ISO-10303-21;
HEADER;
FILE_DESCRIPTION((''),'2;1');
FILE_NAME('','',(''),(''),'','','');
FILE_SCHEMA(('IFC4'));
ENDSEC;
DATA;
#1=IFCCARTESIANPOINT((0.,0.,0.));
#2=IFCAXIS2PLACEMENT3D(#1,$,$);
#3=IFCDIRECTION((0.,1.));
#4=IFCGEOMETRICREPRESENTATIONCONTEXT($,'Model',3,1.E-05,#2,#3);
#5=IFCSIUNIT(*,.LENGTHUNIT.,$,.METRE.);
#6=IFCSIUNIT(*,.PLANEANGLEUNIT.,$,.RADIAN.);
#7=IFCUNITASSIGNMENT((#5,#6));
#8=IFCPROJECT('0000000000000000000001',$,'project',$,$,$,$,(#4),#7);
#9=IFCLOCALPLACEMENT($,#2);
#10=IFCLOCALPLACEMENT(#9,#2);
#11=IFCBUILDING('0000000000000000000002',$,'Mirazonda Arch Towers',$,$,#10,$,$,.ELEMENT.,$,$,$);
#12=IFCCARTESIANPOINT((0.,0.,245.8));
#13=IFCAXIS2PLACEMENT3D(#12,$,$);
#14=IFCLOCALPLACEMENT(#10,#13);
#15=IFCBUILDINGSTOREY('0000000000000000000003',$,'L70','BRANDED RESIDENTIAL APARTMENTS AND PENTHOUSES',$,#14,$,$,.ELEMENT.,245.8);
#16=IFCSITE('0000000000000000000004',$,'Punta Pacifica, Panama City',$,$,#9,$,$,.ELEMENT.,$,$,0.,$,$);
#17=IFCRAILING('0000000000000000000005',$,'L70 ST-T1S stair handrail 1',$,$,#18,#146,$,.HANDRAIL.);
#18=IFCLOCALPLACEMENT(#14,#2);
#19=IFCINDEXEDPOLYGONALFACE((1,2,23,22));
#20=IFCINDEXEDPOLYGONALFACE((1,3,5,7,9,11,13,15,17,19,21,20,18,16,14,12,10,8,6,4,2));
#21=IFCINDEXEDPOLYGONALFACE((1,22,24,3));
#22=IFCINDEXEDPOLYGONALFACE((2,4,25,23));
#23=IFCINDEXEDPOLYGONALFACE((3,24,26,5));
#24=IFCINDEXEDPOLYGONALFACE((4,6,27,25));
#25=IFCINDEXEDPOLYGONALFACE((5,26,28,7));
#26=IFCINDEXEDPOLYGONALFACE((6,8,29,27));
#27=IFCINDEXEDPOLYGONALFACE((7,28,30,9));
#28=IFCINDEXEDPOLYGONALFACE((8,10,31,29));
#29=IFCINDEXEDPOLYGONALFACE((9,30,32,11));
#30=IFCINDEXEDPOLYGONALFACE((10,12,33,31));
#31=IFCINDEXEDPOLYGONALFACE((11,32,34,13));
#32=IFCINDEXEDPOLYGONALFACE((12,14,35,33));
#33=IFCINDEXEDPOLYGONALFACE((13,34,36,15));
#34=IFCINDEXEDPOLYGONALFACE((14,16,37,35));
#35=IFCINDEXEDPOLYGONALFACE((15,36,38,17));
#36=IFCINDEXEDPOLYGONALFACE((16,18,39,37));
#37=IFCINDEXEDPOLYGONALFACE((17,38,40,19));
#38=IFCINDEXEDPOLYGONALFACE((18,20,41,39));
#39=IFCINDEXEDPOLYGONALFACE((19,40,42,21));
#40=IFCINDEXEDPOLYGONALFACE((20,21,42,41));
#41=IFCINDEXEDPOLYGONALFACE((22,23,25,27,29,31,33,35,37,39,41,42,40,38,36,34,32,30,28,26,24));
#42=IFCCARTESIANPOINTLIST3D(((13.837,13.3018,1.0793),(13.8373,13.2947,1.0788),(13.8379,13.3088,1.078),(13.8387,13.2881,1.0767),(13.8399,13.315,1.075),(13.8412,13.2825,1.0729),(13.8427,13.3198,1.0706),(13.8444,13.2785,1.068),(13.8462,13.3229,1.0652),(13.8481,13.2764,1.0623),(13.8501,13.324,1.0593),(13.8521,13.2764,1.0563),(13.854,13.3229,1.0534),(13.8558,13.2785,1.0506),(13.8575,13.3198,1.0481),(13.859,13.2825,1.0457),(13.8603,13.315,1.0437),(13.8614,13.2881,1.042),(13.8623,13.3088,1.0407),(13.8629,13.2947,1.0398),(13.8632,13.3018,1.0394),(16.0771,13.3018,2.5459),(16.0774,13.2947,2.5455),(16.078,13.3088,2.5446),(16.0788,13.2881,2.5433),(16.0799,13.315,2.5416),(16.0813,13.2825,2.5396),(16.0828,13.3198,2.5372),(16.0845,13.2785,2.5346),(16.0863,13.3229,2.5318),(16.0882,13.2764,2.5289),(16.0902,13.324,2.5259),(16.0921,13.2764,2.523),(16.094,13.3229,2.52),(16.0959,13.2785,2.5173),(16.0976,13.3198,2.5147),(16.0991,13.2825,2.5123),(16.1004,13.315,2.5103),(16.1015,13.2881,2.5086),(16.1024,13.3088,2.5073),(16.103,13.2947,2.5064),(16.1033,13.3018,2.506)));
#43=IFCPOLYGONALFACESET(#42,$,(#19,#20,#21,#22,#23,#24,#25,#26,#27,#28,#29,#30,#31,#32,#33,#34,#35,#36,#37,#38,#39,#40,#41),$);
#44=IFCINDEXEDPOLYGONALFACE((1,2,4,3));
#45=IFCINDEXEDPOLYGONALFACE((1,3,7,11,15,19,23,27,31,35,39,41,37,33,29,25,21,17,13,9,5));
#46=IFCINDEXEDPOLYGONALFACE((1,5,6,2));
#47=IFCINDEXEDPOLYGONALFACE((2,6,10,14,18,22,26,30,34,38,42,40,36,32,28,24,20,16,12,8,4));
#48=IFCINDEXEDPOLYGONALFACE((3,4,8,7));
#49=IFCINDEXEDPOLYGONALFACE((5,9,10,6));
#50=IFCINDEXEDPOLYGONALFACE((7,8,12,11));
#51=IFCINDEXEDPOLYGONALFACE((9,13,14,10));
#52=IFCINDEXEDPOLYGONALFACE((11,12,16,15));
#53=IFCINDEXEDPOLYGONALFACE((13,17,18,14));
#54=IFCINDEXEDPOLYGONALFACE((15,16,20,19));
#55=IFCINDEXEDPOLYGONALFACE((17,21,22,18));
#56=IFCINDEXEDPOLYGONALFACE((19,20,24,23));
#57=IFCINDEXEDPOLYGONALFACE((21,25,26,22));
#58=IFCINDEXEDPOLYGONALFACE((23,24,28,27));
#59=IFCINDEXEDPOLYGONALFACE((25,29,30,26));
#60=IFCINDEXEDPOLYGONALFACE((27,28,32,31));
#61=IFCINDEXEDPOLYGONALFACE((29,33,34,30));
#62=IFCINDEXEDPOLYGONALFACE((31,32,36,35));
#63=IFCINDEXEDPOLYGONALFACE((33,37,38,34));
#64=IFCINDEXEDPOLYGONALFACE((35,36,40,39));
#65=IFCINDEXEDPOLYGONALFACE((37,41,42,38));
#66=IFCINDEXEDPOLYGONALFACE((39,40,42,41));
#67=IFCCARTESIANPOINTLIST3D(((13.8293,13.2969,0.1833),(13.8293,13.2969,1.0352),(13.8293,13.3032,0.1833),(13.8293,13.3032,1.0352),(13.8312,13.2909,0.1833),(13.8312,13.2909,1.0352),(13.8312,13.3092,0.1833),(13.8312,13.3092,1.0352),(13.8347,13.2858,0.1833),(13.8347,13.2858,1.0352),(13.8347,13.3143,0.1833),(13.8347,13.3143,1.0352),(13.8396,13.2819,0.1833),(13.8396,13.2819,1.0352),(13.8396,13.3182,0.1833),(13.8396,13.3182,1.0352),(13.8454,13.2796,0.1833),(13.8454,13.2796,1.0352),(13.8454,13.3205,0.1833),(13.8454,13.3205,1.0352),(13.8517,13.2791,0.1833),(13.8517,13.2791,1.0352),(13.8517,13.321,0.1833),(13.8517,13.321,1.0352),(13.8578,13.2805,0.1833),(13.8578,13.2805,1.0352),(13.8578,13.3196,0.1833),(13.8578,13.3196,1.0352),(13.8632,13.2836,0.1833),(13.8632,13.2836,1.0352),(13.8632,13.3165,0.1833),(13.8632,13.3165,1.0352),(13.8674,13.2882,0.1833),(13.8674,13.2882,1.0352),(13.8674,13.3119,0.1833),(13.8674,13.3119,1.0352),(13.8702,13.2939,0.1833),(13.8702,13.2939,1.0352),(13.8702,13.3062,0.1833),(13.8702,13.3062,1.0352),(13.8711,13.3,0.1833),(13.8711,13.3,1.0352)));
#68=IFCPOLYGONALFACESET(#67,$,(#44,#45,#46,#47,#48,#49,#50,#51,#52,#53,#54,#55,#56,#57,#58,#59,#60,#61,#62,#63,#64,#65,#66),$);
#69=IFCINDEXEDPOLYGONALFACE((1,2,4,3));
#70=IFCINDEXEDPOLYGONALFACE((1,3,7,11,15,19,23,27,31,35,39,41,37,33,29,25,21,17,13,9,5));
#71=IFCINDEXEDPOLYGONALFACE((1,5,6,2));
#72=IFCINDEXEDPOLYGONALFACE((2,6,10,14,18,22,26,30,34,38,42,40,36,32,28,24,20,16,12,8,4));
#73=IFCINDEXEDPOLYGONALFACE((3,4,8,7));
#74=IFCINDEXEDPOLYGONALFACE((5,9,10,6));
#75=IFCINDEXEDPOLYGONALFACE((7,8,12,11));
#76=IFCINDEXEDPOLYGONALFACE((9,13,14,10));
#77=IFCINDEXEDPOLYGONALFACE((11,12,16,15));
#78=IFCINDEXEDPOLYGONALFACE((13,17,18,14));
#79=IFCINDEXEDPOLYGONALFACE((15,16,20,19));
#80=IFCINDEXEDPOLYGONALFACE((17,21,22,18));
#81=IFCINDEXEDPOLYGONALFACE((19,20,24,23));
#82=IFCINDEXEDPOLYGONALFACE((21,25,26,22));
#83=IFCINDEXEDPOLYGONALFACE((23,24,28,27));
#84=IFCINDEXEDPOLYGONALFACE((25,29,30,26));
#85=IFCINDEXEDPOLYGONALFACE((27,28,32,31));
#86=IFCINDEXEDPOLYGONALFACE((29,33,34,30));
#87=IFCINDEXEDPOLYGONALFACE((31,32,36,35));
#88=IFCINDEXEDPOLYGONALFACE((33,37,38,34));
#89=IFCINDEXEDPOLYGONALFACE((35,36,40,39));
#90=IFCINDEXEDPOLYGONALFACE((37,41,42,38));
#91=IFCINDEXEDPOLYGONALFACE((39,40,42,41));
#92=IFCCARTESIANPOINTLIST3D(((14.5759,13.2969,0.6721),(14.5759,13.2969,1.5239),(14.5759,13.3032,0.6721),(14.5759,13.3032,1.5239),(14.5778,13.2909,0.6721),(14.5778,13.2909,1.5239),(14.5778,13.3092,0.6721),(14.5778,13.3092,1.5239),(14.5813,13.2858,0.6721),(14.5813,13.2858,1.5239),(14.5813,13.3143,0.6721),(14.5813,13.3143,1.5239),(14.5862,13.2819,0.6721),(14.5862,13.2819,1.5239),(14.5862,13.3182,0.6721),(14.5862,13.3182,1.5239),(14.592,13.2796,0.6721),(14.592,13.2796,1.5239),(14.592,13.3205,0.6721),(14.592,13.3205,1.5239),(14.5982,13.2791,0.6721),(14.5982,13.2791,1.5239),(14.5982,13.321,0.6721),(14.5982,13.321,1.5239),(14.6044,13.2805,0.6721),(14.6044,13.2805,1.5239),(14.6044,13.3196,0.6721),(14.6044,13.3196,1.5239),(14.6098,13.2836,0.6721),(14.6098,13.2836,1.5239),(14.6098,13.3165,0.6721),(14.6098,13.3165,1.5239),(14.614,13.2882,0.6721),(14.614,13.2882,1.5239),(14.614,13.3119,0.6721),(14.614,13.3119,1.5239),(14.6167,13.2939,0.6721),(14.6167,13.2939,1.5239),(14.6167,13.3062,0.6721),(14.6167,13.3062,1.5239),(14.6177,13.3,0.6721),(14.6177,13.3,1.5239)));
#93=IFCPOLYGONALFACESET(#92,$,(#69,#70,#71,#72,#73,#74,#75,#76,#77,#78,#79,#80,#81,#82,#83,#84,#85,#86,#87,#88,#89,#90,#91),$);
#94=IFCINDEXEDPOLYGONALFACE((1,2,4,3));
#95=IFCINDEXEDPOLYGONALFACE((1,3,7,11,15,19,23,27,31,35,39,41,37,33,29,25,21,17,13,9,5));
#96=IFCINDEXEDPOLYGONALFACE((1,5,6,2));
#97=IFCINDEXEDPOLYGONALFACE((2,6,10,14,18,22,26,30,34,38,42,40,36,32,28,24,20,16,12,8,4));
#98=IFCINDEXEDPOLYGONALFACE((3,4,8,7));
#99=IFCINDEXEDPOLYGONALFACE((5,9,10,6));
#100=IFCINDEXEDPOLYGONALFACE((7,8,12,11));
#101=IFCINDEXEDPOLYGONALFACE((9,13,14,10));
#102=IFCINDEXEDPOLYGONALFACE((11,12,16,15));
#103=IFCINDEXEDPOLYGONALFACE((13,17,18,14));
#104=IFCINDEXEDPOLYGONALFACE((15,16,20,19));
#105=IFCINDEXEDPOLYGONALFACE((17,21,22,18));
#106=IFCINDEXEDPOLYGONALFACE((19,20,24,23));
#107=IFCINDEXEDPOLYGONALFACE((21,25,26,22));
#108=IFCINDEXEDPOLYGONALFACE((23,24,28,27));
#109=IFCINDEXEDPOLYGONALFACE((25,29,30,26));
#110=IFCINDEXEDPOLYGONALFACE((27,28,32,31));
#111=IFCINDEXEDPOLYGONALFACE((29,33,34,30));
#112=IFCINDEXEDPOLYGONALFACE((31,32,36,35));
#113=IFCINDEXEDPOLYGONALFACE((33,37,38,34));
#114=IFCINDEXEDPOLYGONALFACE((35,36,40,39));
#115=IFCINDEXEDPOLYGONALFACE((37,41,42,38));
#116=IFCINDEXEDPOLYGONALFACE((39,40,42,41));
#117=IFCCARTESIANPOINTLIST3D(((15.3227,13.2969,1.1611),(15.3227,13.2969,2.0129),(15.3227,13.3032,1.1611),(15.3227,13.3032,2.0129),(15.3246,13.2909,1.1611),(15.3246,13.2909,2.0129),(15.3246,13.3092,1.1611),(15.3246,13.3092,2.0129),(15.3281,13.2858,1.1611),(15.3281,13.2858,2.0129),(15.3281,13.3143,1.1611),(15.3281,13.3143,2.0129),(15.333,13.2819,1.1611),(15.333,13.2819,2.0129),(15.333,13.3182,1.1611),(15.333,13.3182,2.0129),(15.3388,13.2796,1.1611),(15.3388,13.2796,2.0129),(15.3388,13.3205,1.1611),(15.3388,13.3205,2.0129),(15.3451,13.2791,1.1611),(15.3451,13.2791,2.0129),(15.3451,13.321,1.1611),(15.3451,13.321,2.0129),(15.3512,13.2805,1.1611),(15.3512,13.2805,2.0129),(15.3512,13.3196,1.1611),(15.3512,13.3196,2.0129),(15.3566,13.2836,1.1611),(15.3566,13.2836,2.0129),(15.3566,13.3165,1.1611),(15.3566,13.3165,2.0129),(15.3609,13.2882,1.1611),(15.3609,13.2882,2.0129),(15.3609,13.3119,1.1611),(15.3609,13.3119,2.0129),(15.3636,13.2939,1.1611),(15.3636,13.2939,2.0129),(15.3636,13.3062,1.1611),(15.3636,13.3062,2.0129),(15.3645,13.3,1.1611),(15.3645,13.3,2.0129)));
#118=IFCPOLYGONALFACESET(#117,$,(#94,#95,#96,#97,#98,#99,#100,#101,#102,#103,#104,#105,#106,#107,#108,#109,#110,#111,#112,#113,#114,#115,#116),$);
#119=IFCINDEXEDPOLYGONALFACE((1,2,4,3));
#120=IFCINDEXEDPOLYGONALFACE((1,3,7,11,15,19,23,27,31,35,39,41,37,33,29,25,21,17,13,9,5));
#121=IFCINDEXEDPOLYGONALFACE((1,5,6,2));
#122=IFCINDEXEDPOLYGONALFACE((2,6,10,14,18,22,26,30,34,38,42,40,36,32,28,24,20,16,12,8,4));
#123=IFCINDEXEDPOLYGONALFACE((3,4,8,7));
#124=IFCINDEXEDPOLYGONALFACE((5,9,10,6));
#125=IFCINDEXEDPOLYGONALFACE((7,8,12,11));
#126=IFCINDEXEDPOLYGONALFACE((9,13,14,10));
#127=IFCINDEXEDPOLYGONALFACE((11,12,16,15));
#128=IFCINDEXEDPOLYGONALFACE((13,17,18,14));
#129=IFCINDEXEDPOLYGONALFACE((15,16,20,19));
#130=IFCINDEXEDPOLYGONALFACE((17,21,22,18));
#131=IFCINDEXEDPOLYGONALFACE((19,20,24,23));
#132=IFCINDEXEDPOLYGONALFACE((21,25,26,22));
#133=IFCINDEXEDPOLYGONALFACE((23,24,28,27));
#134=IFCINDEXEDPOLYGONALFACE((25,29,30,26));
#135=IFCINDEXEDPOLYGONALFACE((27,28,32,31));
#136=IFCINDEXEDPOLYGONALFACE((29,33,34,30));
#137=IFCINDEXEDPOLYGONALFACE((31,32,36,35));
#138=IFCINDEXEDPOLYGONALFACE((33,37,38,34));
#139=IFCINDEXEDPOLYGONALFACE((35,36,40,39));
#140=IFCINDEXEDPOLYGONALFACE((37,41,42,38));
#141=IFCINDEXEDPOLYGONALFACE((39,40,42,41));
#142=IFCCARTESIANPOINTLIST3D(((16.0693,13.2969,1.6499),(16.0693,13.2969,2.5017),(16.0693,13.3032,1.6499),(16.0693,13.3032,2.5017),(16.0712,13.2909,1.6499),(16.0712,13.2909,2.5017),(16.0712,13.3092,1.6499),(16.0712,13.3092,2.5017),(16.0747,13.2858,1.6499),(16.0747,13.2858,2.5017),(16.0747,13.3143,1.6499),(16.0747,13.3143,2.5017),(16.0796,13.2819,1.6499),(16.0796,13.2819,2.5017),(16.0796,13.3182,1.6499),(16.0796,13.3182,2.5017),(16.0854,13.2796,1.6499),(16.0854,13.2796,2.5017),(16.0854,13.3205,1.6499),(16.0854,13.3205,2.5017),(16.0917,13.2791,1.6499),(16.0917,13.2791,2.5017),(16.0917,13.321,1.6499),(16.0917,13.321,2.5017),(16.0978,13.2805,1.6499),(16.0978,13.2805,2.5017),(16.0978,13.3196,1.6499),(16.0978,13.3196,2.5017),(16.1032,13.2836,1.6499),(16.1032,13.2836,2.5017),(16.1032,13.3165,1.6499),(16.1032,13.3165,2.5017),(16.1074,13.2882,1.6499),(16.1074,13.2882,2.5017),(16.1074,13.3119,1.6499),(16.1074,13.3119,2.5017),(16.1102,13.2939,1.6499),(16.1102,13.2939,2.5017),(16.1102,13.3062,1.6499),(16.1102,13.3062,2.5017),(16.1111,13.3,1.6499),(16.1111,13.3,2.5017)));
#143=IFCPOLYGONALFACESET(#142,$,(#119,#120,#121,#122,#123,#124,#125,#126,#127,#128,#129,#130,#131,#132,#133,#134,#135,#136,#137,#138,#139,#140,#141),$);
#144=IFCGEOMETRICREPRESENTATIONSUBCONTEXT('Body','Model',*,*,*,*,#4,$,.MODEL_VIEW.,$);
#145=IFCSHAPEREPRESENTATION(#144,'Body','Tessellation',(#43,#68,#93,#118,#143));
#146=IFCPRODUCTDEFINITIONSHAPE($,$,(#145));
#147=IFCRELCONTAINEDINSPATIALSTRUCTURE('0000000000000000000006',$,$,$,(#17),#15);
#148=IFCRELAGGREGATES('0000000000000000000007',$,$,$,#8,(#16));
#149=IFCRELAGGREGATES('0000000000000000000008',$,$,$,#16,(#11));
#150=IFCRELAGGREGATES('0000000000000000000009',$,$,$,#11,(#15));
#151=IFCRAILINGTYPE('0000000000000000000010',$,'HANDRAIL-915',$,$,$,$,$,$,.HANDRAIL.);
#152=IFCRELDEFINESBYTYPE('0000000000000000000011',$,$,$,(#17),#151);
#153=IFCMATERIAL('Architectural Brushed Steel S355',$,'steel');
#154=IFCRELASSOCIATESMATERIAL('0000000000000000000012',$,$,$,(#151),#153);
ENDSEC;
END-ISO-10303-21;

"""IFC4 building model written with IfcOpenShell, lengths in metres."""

from ifc_helpers import new_model, si_unit, direction, frame, origin, origin_2d, place, context, subcontext, project, spatial, circle, extrude, material, type_object, element, save


model = new_model("IFC4")

# Units and contexts
model_context = context("Model", 3, precision=1e-05, world=origin(), true_north=direction((0.0, 1.0)))
body_context = subcontext(model_context, "Body", "Model", "MODEL_VIEW")
ifc_project = project(units=[si_unit("LENGTHUNIT", "METRE"), si_unit("PLANEANGLEUNIT", "RADIAN")], contexts=[model_context])

# Site, building, storey
site_placement = place(None, origin())
site = spatial("IfcSite", under=ifc_project, at=site_placement, Name="Punta Pacifica, Panama City", CompositionType="ELEMENT", RefElevation=0.0)
building_placement = place(site_placement, origin())
building = spatial("IfcBuilding", under=site, at=building_placement, Name="Mirazonda Arch Towers", CompositionType="ELEMENT")
storey_placement = place(building_placement, frame((0.0, 0.0, 245.8)))
storey = spatial("IfcBuildingStorey", under=building, at=storey_placement, Name="L70", Description="BRANDED RESIDENTIAL APARTMENTS AND PENTHOUSES", CompositionType="ELEMENT", Elevation=245.8)

# Railing
ifc_material_1 = material(Name="Architectural Brushed Steel S355", Category="steel")
railing_type_1 = type_object("IfcRailingType", Name="HANDRAIL-915", PredefinedType="HANDRAIL", material=ifc_material_1)
railing_1_placement = place(storey_placement, frame((13.8501, 13.3, 0.1833)))
element("IfcRailing", 1, at=railing_1_placement, inside=storey, type_object=railing_type_1, Name="L70 ST-T1S stair handrail 1", PredefinedType="HANDRAIL", context=body_context, shape_type="SweptSolid", body=[
    extrude(circle(Radius=0.0239, at=origin_2d()), frame((0.0, 0.0, 0.876), z_axis=(0.836637, 0.0, 0.547758), x_axis=(0.0, 1.0, 0.0)), (0.0, 0.0, 1.0), 2.6775),
    extrude(circle(Radius=0.021, at=origin_2d()), origin(), (0.0, 0.0, 1.0), 0.8518),
    extrude(circle(Radius=0.021, at=origin_2d()), frame((0.7466, 0.0, 0.4888)), (0.0, 0.0, 1.0), 0.8518),
    extrude(circle(Radius=0.021, at=origin_2d()), frame((1.4934, 0.0, 0.9778)), (0.0, 0.0, 1.0), 0.8518),
    extrude(circle(Radius=0.021, at=origin_2d()), frame((2.24, 0.0, 1.4666)), (0.0, 0.0, 1.0), 0.8518),
])

save(model, "model.ifc")
